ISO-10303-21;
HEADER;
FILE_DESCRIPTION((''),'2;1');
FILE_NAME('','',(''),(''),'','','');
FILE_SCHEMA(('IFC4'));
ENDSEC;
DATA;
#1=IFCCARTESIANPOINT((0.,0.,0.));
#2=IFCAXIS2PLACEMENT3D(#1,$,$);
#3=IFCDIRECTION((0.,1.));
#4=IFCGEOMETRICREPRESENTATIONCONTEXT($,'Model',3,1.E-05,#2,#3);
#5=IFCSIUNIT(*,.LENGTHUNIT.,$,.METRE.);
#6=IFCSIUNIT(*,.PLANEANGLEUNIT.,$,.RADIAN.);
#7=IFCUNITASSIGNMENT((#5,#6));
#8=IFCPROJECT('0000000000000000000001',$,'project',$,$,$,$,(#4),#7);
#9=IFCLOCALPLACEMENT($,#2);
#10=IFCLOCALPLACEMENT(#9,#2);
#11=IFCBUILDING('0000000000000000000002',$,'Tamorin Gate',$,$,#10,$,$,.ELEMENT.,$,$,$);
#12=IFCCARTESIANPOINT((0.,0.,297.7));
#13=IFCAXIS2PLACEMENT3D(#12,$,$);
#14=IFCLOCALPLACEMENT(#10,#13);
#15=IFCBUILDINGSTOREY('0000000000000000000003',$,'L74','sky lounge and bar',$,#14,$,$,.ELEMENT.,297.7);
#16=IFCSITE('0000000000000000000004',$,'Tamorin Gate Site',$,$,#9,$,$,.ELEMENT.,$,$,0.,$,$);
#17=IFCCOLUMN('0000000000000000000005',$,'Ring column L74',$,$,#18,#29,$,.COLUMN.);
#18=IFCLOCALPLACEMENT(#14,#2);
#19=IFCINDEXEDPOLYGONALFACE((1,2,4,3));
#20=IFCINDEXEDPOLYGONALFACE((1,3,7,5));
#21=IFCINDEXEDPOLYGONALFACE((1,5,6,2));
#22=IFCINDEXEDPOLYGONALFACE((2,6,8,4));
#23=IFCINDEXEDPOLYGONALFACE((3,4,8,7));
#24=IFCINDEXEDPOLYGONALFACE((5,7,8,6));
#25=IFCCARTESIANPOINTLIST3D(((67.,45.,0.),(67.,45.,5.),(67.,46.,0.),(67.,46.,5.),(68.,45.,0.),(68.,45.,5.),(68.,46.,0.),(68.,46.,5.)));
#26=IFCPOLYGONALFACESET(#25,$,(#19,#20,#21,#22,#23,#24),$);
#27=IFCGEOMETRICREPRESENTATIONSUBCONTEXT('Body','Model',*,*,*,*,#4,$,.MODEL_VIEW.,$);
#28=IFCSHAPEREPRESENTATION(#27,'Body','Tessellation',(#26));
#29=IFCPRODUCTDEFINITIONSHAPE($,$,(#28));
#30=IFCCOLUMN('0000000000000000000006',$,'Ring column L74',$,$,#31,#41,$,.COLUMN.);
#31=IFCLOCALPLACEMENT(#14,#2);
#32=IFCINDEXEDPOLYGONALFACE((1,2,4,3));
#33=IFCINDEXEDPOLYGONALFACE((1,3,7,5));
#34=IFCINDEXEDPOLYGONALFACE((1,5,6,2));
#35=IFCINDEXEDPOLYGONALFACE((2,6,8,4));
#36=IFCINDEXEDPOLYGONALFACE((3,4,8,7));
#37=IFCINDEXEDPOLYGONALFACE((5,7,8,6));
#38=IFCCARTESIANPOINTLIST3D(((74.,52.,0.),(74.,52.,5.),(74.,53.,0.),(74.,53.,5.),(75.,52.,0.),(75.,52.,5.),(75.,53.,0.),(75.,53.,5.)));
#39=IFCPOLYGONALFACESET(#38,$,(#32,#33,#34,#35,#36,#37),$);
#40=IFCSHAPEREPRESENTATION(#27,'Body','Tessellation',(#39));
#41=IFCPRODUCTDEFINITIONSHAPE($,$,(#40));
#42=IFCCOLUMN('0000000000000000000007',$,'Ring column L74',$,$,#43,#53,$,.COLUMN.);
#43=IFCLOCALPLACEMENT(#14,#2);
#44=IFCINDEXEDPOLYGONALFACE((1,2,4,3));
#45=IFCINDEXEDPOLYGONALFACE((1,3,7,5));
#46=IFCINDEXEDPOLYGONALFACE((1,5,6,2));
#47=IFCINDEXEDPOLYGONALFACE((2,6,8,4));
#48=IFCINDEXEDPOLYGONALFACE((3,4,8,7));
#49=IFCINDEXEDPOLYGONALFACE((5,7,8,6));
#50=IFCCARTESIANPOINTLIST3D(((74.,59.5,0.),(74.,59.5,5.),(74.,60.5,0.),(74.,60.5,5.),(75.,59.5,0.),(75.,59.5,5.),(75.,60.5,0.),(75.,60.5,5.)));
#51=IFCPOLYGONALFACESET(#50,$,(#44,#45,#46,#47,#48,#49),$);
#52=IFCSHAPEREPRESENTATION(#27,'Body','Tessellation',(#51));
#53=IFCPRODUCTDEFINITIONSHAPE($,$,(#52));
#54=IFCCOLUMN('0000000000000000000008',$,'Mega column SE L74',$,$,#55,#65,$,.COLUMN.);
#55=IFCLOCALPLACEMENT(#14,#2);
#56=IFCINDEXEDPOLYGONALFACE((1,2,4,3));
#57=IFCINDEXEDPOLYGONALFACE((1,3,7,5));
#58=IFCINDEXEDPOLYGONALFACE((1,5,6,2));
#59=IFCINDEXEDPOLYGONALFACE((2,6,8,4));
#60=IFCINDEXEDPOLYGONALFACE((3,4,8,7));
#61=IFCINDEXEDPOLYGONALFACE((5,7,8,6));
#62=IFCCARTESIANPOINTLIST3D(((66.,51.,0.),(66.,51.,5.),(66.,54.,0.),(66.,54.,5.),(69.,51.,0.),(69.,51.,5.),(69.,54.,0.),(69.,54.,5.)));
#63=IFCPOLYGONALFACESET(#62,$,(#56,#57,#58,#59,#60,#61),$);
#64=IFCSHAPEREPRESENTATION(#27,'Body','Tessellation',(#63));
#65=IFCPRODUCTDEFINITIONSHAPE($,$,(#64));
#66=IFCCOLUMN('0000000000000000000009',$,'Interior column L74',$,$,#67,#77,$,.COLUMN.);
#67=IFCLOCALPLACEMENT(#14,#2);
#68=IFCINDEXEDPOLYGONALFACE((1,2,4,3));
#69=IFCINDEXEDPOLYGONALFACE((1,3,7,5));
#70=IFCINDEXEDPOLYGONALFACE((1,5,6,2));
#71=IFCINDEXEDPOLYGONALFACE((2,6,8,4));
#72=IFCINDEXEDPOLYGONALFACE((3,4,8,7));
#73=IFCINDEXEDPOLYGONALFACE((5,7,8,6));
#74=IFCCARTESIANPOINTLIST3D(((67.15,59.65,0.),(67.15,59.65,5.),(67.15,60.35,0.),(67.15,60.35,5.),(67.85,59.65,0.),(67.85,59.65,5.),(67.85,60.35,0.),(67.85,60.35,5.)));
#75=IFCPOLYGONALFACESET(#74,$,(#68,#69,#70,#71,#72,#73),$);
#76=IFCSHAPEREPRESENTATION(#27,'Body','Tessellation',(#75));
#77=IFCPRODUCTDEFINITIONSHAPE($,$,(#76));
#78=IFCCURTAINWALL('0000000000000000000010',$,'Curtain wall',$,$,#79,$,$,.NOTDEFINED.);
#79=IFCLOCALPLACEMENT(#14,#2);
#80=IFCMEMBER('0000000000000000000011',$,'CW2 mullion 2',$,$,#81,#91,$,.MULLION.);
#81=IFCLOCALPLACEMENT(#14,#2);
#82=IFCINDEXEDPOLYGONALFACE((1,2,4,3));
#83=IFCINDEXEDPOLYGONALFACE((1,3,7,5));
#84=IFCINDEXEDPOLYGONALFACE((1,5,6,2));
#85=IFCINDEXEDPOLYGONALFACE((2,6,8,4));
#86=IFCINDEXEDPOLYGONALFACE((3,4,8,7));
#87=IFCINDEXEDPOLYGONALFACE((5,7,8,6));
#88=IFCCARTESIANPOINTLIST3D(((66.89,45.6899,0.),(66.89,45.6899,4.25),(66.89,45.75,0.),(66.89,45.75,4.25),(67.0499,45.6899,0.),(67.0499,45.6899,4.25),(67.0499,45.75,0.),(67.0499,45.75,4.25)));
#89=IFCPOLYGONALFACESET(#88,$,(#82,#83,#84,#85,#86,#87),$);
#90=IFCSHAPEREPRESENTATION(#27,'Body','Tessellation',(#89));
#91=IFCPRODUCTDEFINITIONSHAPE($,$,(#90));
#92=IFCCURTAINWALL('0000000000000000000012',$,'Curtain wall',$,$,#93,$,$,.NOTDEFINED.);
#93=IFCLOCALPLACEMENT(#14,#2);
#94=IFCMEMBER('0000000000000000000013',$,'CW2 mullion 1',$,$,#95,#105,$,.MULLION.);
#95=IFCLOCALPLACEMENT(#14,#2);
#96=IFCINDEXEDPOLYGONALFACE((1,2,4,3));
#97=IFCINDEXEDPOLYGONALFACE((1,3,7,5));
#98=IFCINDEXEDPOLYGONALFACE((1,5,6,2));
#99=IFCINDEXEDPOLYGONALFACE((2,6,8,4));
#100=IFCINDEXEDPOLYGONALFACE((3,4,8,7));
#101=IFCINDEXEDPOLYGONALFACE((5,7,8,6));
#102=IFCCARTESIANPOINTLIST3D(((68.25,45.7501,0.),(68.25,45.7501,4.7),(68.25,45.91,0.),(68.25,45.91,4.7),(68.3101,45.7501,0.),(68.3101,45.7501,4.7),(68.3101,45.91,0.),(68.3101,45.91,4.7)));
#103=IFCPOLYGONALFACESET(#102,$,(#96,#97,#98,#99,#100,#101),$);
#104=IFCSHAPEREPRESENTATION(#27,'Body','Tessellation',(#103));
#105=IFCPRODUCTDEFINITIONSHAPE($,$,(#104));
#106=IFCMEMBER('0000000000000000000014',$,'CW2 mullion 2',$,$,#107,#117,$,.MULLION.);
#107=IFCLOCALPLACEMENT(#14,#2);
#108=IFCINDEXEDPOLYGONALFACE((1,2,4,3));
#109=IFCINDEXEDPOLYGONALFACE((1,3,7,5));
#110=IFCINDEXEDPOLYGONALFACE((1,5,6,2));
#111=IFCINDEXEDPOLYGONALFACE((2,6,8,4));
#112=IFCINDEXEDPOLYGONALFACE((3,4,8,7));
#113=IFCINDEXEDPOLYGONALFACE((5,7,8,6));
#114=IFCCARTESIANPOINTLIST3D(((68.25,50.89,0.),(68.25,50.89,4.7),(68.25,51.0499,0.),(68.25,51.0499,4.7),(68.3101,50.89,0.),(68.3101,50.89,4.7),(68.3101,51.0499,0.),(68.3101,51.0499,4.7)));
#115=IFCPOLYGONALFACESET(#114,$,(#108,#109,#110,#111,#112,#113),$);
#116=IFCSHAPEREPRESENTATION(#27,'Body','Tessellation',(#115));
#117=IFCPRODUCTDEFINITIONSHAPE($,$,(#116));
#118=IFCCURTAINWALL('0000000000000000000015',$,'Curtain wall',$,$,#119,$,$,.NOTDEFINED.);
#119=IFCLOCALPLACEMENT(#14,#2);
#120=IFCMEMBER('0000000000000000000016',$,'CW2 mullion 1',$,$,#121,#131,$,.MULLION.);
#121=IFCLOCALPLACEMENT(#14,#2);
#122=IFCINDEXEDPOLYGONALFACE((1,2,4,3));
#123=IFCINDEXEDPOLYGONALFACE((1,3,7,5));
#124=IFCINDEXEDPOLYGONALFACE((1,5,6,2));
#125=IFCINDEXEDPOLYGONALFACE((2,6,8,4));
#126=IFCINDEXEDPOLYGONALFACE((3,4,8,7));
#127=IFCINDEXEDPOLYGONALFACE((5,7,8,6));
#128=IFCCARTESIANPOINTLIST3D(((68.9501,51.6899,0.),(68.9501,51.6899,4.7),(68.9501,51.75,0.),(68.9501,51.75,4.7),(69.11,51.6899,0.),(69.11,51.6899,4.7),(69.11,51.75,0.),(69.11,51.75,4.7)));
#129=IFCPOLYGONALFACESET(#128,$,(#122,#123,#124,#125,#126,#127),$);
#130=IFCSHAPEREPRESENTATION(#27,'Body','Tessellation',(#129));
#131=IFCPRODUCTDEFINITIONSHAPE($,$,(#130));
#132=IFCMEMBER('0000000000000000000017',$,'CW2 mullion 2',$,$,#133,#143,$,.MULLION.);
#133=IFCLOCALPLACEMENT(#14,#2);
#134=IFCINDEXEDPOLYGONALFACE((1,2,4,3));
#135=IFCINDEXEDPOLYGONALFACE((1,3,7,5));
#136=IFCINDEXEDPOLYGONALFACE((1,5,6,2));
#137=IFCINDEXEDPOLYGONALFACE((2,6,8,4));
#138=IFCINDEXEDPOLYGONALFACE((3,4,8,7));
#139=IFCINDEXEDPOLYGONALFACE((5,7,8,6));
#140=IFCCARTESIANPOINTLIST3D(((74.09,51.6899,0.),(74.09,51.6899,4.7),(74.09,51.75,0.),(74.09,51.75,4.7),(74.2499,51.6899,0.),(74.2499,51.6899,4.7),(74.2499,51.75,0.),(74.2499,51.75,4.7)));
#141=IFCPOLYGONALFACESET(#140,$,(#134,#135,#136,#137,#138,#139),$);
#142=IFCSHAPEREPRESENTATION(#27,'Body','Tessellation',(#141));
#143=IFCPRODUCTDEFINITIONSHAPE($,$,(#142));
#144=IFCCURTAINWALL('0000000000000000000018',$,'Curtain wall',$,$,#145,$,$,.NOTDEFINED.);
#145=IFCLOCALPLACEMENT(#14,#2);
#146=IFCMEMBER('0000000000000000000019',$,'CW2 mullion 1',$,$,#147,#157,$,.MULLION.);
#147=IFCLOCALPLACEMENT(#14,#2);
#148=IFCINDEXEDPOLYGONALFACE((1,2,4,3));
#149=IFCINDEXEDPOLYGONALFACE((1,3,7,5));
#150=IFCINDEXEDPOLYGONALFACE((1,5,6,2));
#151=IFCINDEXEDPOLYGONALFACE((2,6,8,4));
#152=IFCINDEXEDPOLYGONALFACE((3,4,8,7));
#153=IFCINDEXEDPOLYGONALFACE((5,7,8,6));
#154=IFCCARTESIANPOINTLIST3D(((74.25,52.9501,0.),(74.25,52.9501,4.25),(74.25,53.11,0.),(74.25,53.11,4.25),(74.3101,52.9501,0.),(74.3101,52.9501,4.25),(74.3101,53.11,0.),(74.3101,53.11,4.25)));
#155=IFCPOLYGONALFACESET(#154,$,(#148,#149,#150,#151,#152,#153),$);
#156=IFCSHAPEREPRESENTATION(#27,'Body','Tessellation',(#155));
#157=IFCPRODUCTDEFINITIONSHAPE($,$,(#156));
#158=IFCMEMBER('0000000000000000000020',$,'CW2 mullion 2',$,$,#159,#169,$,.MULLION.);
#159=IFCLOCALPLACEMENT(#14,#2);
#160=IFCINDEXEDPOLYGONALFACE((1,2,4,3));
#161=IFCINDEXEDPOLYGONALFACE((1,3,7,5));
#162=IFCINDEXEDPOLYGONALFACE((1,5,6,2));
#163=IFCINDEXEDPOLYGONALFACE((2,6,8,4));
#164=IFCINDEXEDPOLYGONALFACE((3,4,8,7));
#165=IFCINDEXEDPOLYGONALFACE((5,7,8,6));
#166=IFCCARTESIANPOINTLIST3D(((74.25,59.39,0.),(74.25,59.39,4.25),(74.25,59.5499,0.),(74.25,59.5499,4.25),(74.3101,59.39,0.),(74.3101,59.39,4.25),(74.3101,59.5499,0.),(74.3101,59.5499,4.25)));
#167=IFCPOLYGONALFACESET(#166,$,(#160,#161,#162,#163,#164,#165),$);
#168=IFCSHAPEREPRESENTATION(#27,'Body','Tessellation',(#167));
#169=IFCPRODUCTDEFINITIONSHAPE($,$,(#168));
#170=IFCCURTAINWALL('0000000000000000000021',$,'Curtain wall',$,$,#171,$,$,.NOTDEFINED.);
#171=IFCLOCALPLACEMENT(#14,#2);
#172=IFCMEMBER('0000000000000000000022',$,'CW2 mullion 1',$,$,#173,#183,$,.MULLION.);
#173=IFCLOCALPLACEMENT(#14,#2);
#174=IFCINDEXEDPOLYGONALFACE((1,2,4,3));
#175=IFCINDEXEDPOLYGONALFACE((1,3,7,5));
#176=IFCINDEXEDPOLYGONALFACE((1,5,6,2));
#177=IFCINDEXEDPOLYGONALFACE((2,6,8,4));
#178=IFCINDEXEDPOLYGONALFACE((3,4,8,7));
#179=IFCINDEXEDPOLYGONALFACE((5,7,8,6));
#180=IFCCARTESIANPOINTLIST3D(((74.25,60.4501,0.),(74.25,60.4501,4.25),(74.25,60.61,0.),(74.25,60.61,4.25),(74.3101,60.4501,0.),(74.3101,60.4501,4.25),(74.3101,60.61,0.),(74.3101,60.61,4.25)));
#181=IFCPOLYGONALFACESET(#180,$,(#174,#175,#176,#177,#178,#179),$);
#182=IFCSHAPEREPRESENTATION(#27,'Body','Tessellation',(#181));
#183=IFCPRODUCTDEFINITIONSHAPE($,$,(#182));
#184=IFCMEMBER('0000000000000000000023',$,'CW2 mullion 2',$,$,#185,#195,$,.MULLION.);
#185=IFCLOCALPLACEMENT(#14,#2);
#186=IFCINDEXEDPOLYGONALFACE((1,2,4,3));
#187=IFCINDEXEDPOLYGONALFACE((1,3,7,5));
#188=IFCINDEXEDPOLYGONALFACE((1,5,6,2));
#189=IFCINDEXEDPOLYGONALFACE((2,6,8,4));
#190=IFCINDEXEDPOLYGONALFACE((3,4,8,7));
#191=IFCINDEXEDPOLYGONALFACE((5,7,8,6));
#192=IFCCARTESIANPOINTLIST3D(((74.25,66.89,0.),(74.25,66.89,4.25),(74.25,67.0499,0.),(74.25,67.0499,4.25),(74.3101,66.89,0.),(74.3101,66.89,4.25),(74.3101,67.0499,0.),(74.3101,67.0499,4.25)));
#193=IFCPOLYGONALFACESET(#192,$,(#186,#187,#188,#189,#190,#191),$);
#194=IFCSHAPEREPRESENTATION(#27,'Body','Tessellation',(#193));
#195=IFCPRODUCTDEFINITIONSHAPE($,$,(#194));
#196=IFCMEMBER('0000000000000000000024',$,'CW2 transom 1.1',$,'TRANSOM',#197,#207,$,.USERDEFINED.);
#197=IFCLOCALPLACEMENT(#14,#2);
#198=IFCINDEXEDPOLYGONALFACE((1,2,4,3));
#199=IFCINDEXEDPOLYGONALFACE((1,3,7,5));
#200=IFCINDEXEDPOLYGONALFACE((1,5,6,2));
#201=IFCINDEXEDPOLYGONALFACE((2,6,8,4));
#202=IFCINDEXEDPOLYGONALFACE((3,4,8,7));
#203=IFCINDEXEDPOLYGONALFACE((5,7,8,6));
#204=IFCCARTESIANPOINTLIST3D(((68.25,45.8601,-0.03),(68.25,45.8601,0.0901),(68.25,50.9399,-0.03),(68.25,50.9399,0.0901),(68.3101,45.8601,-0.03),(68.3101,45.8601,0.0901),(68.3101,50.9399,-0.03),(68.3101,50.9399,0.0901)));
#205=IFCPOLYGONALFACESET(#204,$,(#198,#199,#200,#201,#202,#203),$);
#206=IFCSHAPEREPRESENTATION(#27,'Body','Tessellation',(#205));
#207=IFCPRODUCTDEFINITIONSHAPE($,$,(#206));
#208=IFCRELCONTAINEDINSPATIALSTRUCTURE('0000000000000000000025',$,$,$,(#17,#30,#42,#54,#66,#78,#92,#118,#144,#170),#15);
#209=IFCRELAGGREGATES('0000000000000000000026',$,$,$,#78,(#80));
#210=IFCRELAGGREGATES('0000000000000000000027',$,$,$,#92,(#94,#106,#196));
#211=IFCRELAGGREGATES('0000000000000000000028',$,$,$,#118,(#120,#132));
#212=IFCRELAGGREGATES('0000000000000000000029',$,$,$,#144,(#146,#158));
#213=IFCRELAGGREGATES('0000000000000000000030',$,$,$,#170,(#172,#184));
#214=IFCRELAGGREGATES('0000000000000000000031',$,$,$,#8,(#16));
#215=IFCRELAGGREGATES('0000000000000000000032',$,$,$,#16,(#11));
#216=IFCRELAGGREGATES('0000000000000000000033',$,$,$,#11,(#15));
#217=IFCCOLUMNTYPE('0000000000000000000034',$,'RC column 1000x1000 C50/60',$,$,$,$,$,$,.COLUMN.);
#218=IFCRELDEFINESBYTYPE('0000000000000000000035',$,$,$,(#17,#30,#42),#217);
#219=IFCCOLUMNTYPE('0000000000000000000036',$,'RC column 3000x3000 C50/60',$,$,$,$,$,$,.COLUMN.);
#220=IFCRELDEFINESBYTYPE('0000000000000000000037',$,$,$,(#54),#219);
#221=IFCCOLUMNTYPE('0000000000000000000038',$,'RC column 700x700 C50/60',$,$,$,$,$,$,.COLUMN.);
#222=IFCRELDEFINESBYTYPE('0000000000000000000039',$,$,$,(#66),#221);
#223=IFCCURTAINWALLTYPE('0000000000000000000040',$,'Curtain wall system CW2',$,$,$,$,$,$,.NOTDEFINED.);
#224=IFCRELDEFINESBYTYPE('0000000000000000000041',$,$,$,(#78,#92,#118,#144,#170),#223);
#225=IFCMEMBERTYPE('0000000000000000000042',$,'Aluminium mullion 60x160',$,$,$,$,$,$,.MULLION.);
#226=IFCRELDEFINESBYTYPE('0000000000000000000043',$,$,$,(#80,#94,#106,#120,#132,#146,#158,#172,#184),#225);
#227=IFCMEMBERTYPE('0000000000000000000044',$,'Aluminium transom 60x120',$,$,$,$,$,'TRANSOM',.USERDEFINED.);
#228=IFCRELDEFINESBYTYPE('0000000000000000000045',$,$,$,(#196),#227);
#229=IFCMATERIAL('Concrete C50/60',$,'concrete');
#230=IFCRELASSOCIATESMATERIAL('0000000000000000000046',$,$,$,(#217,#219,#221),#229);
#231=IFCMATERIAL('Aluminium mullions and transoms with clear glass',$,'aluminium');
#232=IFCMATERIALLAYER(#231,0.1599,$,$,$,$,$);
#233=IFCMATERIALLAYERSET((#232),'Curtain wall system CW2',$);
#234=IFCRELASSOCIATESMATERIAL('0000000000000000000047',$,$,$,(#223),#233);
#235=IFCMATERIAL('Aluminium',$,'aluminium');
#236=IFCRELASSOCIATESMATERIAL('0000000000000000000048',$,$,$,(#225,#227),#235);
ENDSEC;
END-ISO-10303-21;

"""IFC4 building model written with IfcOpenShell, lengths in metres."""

from ifc_helpers import new_model, si_unit, direction, frame, origin, origin_2d, place, context, subcontext, project, spatial, rectangle, extrude, material, layer, layer_set, material_profile, profile_set, type_object, element, aggregate, save


model = new_model("IFC4")

# Units and contexts
model_context = context("Model", 3, precision=1e-05, world=origin(), true_north=direction((0.0, 1.0)))
body_context = subcontext(model_context, "Body", "Model", "MODEL_VIEW")
ifc_project = project(units=[si_unit("LENGTHUNIT", "METRE"), si_unit("PLANEANGLEUNIT", "RADIAN")], contexts=[model_context])

# Site, building, storey
site_placement = place(None, origin())
site = spatial("IfcSite", under=ifc_project, at=site_placement, Name="Tamorin Gate Site", CompositionType="ELEMENT", RefElevation=0.0)
building_placement = place(site_placement, origin())
building = spatial("IfcBuilding", under=site, at=building_placement, Name="Tamorin Gate", CompositionType="ELEMENT")
storey_placement = place(building_placement, frame((0.0, 0.0, 297.7)))
storey = spatial("IfcBuildingStorey", under=building, at=storey_placement, Name="L74", Description="sky lounge and bar", CompositionType="ELEMENT", Elevation=297.7)

# Columns
ifc_material_1 = material(Name="Concrete C50/60", Category="concrete")
ifc_material_profile_1 = material_profile(ifc_material_1, rectangle(XDim=1.0, YDim=1.0, at=origin_2d()), Name="RC 1000x1000")
ifc_profile_set_1 = profile_set([ifc_material_profile_1], Name="Concrete C50/60")
column_type_1 = type_object("IfcColumnType", Name="RC column 1000x1000 C50/60", PredefinedType="COLUMN", material=ifc_profile_set_1)
for number, where, z_axis, x_axis, name in (
    (1, (67.5, 45.5, 0.0), (0.0, 0.0, 1.0), (1.0, 0.0, 0.0), "Ring column L74"),
    (2, (74.5, 52.5, 0.0), (0.0, 0.0, 1.0), (1.0, 0.0, 0.0), "Ring column L74"),
    (3, (74.5, 60.0, 0.0), (0.0, 0.0, 1.0), (1.0, 0.0, 0.0), "Ring column L74"),
):
    element("IfcColumn", number, at=place(storey_placement, frame(where, z_axis=z_axis, x_axis=x_axis)), inside=storey, type_object=column_type_1, Name=name, PredefinedType="COLUMN", context=body_context, shape_type="SweptSolid", body=[
        extrude(rectangle(XDim=1.0, YDim=1.0, at=origin_2d()), origin(), (0.0, 0.0, 1.0), 5.0),
    ])
ifc_material_profile_2 = material_profile(ifc_material_1, rectangle(XDim=3.0, YDim=3.0, at=origin_2d()), Name="RC 3000x3000")
ifc_profile_set_2 = profile_set([ifc_material_profile_2], Name="Concrete C50/60")
column_type_2 = type_object("IfcColumnType", Name="RC column 3000x3000 C50/60", PredefinedType="COLUMN", material=ifc_profile_set_2)
column_1_placement = place(storey_placement, frame((67.5, 52.5, 0.0), z_axis=(0.0, 0.0, 1.0), x_axis=(1.0, 0.0, 0.0)))
element("IfcColumn", 4, at=column_1_placement, inside=storey, type_object=column_type_2, Name="Mega column SE L74", PredefinedType="COLUMN", context=body_context, shape_type="SweptSolid", body=[
    extrude(rectangle(XDim=3.0, YDim=3.0, at=origin_2d()), origin(), (0.0, 0.0, 1.0), 5.0),
])
ifc_material_profile_3 = material_profile(ifc_material_1, rectangle(XDim=0.7, YDim=0.7, at=origin_2d()), Name="RC 700x700")
ifc_profile_set_3 = profile_set([ifc_material_profile_3], Name="Concrete C50/60")
column_type_3 = type_object("IfcColumnType", Name="RC column 700x700 C50/60", PredefinedType="COLUMN", material=ifc_profile_set_3)
column_2_placement = place(storey_placement, frame((67.5, 60.0, 0.0), z_axis=(0.0, 0.0, 1.0), x_axis=(1.0, 0.0, 0.0)))
element("IfcColumn", 5, at=column_2_placement, inside=storey, type_object=column_type_3, Name="Interior column L74", PredefinedType="COLUMN", context=body_context, shape_type="SweptSolid", body=[
    extrude(rectangle(XDim=0.7, YDim=0.7, at=origin_2d()), origin(), (0.0, 0.0, 1.0), 5.0),
])

# Curtain wall, member
ifc_material_2 = material(Name="Aluminium mullions and transoms with clear glass", Category="aluminium")
ifc_layer_1 = layer(ifc_material_2, 0.1599)
ifc_layer_set_1 = layer_set([ifc_layer_1], Name="Curtain wall system CW2")
curtain_wall_type = type_object("IfcCurtainWallType", Name="Curtain wall system CW2", PredefinedType="NOTDEFINED", material=ifc_layer_set_1)
curtain_wall_1_placement = place(storey_placement, origin())
curtain_wall_1 = element("IfcCurtainWall", 6, at=curtain_wall_1_placement, inside=storey, type_object=curtain_wall_type, Name="Curtain wall", PredefinedType="NOTDEFINED")
ifc_material_3 = material(Name="Aluminium", Category="aluminium")
ifc_material_profile_4 = material_profile(ifc_material_3, rectangle(XDim=0.0601, YDim=0.1599, at=origin_2d()), Name="RECT 60x160")
ifc_profile_set_4 = profile_set([ifc_material_profile_4], Name="Aluminium")
member_type_1 = type_object("IfcMemberType", Name="Aluminium mullion 60x160", PredefinedType="MULLION", material=ifc_profile_set_4)
member_1_placement = place(storey_placement, frame((66.97, 45.72, 0.0), z_axis=(0.0, 0.0, 1.0), x_axis=(0.0, 1.0, 0.0)))
member_1 = element("IfcMember", 7, at=member_1_placement, type_object=member_type_1, Name="CW2 mullion 2", PredefinedType="MULLION", context=body_context, shape_type="SweptSolid", body=[
    extrude(rectangle(XDim=0.0601, YDim=0.1599, at=origin_2d()), origin(), (0.0, 0.0, 1.0), 4.25),
])

# Curtain walls, members
curtain_wall_2_placement = place(storey_placement, origin())
curtain_wall_2 = element("IfcCurtainWall", 8, at=curtain_wall_2_placement, inside=storey, type_object=curtain_wall_type, Name="Curtain wall", PredefinedType="NOTDEFINED")
member_2_placement = place(storey_placement, frame((68.28, 45.8301, 0.0), z_axis=(0.0, 0.0, 1.0), x_axis=(-1.0, 0.0, 0.0)))
member_2 = element("IfcMember", 9, at=member_2_placement, type_object=member_type_1, Name="CW2 mullion 1", PredefinedType="MULLION", context=body_context, shape_type="SweptSolid", body=[
    extrude(rectangle(XDim=0.0601, YDim=0.1599, at=origin_2d()), origin(), (0.0, 0.0, 1.0), 4.7),
])
member_3_placement = place(storey_placement, frame((68.28, 50.97, 0.0), z_axis=(0.0, 0.0, 1.0), x_axis=(-1.0, 0.0, 0.0)))
member_3 = element("IfcMember", 10, at=member_3_placement, type_object=member_type_1, Name="CW2 mullion 2", PredefinedType="MULLION", context=body_context, shape_type="SweptSolid", body=[
    extrude(rectangle(XDim=0.0601, YDim=0.1599, at=origin_2d()), origin(), (0.0, 0.0, 1.0), 4.7),
])
curtain_wall_3_placement = place(storey_placement, origin())
curtain_wall_3 = element("IfcCurtainWall", 11, at=curtain_wall_3_placement, inside=storey, type_object=curtain_wall_type, Name="Curtain wall", PredefinedType="NOTDEFINED")
member_4_placement = place(storey_placement, frame((69.03, 51.72, 0.0), z_axis=(0.0, 0.0, 1.0), x_axis=(0.0, 1.0, 0.0)))
member_4 = element("IfcMember", 12, at=member_4_placement, type_object=member_type_1, Name="CW2 mullion 1", PredefinedType="MULLION", context=body_context, shape_type="SweptSolid", body=[
    extrude(rectangle(XDim=0.0601, YDim=0.1599, at=origin_2d()), origin(), (0.0, 0.0, 1.0), 4.7),
])
member_5_placement = place(storey_placement, frame((74.1699, 51.72, 0.0), z_axis=(0.0, 0.0, 1.0), x_axis=(0.0, 1.0, 0.0)))
member_5 = element("IfcMember", 13, at=member_5_placement, type_object=member_type_1, Name="CW2 mullion 2", PredefinedType="MULLION", context=body_context, shape_type="SweptSolid", body=[
    extrude(rectangle(XDim=0.0601, YDim=0.1599, at=origin_2d()), origin(), (0.0, 0.0, 1.0), 4.7),
])
curtain_wall_4_placement = place(storey_placement, origin())
curtain_wall_4 = element("IfcCurtainWall", 14, at=curtain_wall_4_placement, inside=storey, type_object=curtain_wall_type, Name="Curtain wall", PredefinedType="NOTDEFINED")
member_6_placement = place(storey_placement, frame((74.28, 53.03, 0.0), z_axis=(0.0, 0.0, 1.0), x_axis=(-1.0, 0.0, 0.0)))
member_6 = element("IfcMember", 15, at=member_6_placement, type_object=member_type_1, Name="CW2 mullion 1", PredefinedType="MULLION", context=body_context, shape_type="SweptSolid", body=[
    extrude(rectangle(XDim=0.0601, YDim=0.1599, at=origin_2d()), origin(), (0.0, 0.0, 1.0), 4.25),
])
member_7_placement = place(storey_placement, frame((74.28, 59.47, 0.0), z_axis=(0.0, 0.0, 1.0), x_axis=(-1.0, 0.0, 0.0)))
member_7 = element("IfcMember", 16, at=member_7_placement, type_object=member_type_1, Name="CW2 mullion 2", PredefinedType="MULLION", context=body_context, shape_type="SweptSolid", body=[
    extrude(rectangle(XDim=0.0601, YDim=0.1599, at=origin_2d()), origin(), (0.0, 0.0, 1.0), 4.25),
])
curtain_wall_5_placement = place(storey_placement, origin())
curtain_wall_5 = element("IfcCurtainWall", 17, at=curtain_wall_5_placement, inside=storey, type_object=curtain_wall_type, Name="Curtain wall", PredefinedType="NOTDEFINED")
member_8_placement = place(storey_placement, frame((74.28, 60.53, 0.0), z_axis=(0.0, 0.0, 1.0), x_axis=(-1.0, 0.0, 0.0)))
member_8 = element("IfcMember", 18, at=member_8_placement, type_object=member_type_1, Name="CW2 mullion 1", PredefinedType="MULLION", context=body_context, shape_type="SweptSolid", body=[
    extrude(rectangle(XDim=0.0601, YDim=0.1599, at=origin_2d()), origin(), (0.0, 0.0, 1.0), 4.25),
])
member_9_placement = place(storey_placement, frame((74.28, 66.97, 0.0), z_axis=(0.0, 0.0, 1.0), x_axis=(-1.0, 0.0, 0.0)))
member_9 = element("IfcMember", 19, at=member_9_placement, type_object=member_type_1, Name="CW2 mullion 2", PredefinedType="MULLION", context=body_context, shape_type="SweptSolid", body=[
    extrude(rectangle(XDim=0.0601, YDim=0.1599, at=origin_2d()), origin(), (0.0, 0.0, 1.0), 4.25),
])

# Member
ifc_material_profile_5 = material_profile(ifc_material_3, rectangle(XDim=0.0601, YDim=0.1201, at=origin_2d()), Name="RECT 60x120")
ifc_profile_set_5 = profile_set([ifc_material_profile_5], Name="Aluminium")
member_type_2 = type_object("IfcMemberType", Name="Aluminium transom 60x120", ElementType="TRANSOM", PredefinedType="USERDEFINED", material=ifc_profile_set_5)
member_10_placement = place(storey_placement, frame((68.28, 45.8601, 0.03), z_axis=(0.0, 1.0, 0.0), x_axis=(-1.0, 0.0, 0.0)))
member_10 = element("IfcMember", 20, at=member_10_placement, type_object=member_type_2, Name="CW2 transom 1.1", ObjectType="TRANSOM", PredefinedType="USERDEFINED", context=body_context, shape_type="SweptSolid", body=[
    extrude(rectangle(XDim=0.0601, YDim=0.1201, at=origin_2d()), origin(), (0.0, 0.0, 1.0), 5.0798),
])

aggregate(curtain_wall_1, [member_1])
aggregate(curtain_wall_2, [member_2, member_3, member_10])
aggregate(curtain_wall_3, [member_4, member_5])
aggregate(curtain_wall_4, [member_6, member_7])
aggregate(curtain_wall_5, [member_8, member_9])

save(model, "model.ifc")
